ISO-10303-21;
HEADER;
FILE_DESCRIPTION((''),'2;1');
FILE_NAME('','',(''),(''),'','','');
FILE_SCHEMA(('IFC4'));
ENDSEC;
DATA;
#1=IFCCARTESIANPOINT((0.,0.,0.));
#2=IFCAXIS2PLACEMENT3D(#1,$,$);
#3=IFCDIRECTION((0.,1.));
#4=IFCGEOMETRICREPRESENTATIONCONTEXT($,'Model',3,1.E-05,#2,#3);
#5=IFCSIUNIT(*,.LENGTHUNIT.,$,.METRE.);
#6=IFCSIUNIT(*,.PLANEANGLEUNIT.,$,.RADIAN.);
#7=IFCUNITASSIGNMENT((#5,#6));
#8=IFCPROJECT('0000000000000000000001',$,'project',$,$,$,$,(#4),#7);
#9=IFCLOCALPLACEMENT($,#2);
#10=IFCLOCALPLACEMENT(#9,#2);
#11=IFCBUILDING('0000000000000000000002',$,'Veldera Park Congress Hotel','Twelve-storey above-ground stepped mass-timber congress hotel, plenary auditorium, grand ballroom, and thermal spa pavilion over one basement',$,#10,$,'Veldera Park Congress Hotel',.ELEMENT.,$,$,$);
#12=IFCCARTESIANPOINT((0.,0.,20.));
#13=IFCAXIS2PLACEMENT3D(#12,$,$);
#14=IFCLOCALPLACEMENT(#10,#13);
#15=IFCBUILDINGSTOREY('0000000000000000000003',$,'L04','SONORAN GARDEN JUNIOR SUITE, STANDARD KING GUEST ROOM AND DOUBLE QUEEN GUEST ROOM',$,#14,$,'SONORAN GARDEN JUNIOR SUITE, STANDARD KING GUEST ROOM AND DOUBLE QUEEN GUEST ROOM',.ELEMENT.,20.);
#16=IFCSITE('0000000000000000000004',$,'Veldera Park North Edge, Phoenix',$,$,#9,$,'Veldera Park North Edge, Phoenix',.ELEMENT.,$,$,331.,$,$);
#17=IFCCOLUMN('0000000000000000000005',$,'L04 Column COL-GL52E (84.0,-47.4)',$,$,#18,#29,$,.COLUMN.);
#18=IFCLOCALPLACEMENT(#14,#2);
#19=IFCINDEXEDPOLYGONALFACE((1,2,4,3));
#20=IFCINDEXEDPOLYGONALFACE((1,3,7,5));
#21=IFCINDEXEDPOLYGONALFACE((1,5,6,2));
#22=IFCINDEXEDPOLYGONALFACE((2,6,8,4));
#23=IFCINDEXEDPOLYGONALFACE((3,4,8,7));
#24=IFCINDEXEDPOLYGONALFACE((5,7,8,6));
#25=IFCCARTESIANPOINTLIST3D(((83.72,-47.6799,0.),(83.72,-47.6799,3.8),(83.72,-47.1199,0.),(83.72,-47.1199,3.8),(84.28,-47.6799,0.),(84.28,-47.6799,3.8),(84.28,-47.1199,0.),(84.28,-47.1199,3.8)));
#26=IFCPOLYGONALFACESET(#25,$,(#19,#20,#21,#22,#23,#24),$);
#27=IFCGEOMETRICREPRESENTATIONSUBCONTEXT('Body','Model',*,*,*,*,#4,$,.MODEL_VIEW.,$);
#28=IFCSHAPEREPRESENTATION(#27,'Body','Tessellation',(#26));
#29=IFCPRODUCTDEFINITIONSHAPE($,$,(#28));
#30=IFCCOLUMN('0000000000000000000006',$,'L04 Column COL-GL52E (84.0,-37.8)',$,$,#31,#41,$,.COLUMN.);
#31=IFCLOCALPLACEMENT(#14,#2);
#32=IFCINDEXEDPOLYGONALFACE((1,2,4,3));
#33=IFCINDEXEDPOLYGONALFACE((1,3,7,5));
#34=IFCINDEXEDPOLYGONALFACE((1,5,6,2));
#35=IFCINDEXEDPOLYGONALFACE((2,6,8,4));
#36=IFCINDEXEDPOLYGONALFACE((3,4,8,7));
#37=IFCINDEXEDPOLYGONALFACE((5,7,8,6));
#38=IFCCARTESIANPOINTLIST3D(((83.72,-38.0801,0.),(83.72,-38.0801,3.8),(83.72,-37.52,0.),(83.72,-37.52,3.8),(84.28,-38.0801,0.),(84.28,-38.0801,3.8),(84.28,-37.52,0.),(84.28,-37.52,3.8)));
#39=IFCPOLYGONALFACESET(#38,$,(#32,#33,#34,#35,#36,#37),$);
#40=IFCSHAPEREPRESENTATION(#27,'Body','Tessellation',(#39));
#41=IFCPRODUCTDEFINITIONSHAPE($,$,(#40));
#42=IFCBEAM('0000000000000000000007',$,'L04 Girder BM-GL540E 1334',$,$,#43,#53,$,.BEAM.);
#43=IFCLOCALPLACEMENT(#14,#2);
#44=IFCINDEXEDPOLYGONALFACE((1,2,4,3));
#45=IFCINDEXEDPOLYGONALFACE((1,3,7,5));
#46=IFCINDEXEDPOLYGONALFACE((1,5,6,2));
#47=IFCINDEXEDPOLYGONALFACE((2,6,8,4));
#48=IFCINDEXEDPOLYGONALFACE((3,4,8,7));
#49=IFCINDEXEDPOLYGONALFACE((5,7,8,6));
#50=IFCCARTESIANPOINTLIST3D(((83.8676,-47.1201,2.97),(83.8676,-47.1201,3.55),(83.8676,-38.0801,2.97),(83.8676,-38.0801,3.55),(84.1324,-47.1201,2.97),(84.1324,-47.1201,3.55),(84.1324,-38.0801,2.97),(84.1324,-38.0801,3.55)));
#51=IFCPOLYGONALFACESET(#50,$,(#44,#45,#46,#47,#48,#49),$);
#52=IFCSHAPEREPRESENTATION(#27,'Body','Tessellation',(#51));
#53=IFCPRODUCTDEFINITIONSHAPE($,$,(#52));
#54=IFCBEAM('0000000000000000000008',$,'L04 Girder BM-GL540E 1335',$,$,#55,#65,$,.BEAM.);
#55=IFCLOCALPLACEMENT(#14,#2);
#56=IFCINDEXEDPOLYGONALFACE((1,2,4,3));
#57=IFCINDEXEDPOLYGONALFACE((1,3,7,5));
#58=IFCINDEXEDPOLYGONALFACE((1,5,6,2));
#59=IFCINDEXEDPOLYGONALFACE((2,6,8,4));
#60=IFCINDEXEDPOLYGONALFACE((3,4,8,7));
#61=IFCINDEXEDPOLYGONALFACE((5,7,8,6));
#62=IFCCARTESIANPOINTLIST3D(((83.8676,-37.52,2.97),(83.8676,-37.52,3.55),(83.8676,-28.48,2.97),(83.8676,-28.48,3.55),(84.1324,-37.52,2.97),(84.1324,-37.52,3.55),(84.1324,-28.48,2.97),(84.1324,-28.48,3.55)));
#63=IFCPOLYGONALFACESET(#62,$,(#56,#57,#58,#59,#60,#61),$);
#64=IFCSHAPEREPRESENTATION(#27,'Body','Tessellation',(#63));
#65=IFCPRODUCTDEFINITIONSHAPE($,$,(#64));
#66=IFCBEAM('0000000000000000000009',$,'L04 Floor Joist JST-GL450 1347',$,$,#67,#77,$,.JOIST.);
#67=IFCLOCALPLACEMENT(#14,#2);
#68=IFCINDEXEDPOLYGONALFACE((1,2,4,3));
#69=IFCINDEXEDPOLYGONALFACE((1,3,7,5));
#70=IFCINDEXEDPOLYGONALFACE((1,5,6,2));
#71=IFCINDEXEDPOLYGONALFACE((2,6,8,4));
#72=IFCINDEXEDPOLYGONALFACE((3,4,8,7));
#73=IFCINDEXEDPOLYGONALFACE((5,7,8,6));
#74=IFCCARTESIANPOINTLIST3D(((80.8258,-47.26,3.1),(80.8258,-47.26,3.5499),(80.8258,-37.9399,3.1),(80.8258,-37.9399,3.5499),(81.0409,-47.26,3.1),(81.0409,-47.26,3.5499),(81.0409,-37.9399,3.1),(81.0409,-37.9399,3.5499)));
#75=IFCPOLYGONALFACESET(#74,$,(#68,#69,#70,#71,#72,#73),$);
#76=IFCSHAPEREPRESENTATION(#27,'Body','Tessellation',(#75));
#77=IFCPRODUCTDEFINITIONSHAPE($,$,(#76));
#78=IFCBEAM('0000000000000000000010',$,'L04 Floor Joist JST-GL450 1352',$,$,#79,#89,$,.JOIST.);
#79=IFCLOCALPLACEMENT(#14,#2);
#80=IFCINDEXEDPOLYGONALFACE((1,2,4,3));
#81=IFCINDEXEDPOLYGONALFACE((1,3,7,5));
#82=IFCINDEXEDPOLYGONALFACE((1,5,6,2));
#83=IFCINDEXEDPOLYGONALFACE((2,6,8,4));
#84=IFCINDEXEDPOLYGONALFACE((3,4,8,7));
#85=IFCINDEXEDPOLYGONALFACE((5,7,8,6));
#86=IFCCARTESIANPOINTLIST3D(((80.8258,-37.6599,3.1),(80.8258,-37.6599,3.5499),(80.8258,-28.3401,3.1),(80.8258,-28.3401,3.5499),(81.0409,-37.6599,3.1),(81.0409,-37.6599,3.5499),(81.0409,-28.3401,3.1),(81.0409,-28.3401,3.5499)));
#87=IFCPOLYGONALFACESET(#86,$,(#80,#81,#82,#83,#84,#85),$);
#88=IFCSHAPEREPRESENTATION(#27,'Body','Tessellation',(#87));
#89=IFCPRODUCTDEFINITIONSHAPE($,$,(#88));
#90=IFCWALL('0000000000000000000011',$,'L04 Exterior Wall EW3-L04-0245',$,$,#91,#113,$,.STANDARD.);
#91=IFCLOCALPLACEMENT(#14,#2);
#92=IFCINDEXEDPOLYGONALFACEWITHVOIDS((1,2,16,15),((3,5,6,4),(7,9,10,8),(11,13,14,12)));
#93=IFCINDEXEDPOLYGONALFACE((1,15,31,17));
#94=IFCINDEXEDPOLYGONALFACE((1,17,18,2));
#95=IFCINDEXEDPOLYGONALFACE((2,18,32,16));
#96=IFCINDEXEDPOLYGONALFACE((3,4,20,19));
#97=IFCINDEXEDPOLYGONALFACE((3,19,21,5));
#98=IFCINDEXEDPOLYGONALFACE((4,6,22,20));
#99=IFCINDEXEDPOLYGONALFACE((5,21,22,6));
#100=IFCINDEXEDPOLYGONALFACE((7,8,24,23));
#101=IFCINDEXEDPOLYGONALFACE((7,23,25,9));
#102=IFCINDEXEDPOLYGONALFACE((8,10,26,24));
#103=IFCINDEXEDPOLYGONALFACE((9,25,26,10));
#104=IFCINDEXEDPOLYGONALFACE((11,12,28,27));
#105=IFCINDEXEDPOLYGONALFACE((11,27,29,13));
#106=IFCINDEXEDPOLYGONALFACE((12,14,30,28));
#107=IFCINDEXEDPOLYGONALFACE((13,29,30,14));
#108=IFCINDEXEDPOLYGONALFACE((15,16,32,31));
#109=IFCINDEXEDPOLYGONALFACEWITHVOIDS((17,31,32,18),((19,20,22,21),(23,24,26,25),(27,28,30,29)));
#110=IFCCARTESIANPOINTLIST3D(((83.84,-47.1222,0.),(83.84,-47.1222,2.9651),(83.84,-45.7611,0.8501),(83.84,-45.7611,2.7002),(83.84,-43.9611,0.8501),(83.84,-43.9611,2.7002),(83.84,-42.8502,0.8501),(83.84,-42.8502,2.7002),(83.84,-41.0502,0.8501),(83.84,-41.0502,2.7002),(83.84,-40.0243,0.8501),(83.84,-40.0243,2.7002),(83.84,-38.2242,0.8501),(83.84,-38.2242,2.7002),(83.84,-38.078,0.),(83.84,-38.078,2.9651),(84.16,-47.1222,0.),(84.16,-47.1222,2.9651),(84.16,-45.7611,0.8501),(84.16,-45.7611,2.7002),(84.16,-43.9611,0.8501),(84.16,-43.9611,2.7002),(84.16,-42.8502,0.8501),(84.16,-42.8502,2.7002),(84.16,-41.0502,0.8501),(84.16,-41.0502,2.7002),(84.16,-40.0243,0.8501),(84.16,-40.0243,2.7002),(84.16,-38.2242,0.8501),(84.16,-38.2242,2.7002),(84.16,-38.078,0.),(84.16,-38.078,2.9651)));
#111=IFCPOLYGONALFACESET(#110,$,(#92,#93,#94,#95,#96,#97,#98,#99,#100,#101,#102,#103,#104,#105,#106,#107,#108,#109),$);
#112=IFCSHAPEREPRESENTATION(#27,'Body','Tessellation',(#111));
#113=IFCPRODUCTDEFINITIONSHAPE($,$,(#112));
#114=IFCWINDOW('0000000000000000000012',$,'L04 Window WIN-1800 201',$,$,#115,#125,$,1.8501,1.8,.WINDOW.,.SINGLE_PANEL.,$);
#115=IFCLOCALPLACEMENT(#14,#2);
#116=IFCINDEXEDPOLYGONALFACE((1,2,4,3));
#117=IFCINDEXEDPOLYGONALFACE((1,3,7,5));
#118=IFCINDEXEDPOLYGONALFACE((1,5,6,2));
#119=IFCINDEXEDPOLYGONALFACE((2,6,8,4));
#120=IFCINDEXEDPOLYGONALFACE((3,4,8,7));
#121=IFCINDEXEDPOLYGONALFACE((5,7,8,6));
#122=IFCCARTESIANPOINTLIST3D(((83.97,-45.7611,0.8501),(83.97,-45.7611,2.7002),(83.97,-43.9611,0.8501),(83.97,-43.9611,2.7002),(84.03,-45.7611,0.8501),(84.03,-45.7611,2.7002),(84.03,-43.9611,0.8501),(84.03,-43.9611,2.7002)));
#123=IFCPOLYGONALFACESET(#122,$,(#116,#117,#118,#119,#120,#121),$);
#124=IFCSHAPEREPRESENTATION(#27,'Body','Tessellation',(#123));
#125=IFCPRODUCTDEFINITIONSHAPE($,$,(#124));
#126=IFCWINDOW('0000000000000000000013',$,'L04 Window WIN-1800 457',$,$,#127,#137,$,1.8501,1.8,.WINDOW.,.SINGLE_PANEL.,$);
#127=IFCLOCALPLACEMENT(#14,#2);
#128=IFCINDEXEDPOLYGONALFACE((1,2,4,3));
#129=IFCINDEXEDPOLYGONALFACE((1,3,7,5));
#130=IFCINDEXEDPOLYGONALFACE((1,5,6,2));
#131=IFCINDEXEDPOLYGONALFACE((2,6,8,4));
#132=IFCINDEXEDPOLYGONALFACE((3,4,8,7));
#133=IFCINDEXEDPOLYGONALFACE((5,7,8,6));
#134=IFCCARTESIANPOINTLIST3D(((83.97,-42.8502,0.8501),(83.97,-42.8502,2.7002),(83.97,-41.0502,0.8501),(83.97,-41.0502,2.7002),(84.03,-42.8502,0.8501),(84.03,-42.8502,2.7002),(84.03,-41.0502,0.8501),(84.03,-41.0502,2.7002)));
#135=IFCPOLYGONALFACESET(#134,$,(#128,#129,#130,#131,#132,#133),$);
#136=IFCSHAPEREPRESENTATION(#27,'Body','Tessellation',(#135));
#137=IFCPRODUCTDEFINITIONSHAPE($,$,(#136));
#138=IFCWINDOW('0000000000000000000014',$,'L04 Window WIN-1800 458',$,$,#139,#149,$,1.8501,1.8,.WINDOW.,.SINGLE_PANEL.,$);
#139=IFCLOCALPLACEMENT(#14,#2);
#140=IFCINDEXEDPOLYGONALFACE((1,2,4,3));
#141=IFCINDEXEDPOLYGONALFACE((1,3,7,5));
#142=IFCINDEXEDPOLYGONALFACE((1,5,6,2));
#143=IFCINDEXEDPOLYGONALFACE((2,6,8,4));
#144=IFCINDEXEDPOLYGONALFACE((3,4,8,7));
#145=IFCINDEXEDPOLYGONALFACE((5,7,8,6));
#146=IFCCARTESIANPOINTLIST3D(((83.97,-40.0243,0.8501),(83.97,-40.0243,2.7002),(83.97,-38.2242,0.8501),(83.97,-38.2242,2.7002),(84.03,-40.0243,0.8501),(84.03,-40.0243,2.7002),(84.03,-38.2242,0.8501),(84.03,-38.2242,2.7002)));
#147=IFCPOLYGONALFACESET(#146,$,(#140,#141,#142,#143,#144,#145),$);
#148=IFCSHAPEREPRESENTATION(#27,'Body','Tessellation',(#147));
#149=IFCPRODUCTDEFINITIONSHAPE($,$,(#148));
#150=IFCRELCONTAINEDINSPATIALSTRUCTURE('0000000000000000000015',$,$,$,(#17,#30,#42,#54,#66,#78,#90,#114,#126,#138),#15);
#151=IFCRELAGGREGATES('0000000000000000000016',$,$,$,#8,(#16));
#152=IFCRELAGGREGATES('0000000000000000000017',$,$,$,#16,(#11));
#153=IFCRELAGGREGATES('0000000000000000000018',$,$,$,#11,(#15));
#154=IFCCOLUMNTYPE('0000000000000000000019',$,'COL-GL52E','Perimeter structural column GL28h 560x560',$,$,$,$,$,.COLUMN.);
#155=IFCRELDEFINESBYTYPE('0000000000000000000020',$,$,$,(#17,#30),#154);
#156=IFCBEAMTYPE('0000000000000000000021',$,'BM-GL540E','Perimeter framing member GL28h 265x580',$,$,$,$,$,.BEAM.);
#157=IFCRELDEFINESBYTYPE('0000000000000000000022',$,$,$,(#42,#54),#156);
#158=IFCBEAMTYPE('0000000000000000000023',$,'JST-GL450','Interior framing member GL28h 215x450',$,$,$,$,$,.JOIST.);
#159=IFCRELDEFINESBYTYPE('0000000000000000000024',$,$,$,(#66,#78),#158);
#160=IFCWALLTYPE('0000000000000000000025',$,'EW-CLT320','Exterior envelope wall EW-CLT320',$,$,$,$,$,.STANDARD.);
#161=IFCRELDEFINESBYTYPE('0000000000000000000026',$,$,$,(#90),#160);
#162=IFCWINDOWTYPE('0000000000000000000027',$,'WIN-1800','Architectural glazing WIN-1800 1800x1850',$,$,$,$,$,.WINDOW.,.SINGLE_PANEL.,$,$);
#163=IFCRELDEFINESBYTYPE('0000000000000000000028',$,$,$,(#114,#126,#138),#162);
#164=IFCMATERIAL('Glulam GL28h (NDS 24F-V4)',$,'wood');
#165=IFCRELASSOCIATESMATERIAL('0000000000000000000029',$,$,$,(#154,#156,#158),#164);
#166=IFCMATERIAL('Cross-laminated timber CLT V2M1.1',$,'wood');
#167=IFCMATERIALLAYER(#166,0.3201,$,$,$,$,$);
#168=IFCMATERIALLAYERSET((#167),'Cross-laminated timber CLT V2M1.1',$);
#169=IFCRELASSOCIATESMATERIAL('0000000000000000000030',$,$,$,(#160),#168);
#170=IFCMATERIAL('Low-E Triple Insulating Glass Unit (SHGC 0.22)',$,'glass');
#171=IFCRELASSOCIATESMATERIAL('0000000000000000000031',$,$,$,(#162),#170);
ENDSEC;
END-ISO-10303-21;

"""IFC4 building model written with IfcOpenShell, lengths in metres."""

from ifc_helpers import new_model, si_unit, direction, frame, frame_2d, origin, origin_2d, place, context, subcontext, project, spatial, rectangle, extrude, material, layer, layer_set, material_profile, profile_set, type_object, element, fill, save


model = new_model("IFC4")

# Units and contexts
model_context = context("Model", 3, precision=1e-05, world=origin(), true_north=direction((0.0, 1.0)))
body_context = subcontext(model_context, "Body", "Model", "MODEL_VIEW")
ifc_project = project(units=[si_unit("LENGTHUNIT", "METRE"), si_unit("PLANEANGLEUNIT", "RADIAN")], contexts=[model_context])

# Site, building, storey
site_placement = place(None, origin())
site = spatial("IfcSite", under=ifc_project, at=site_placement, Name="Veldera Park North Edge, Phoenix", LongName="Veldera Park North Edge, Phoenix", CompositionType="ELEMENT", RefElevation=331.0)
building_placement = place(site_placement, origin())
building = spatial("IfcBuilding", under=site, at=building_placement, Name="Veldera Park Congress Hotel", Description="Twelve-storey above-ground stepped mass-timber congress hotel, plenary auditorium, grand ballroom, and thermal spa pavilion over one basement", LongName="Veldera Park Congress Hotel", CompositionType="ELEMENT")
storey_placement = place(building_placement, frame((0.0, 0.0, 20.0)))
storey = spatial("IfcBuildingStorey", under=building, at=storey_placement, Name="L04", Description="SONORAN GARDEN JUNIOR SUITE, STANDARD KING GUEST ROOM AND DOUBLE QUEEN GUEST ROOM", LongName="SONORAN GARDEN JUNIOR SUITE, STANDARD KING GUEST ROOM AND DOUBLE QUEEN GUEST ROOM", CompositionType="ELEMENT", Elevation=20.0)

# Columns
ifc_material_1 = material(Name="Glulam GL28h (NDS 24F-V4)", Category="wood")
ifc_material_profile_1 = material_profile(ifc_material_1, rectangle(XDim=0.5601, YDim=0.5601, at=origin_2d()), Name="GL28h 560x560")
ifc_profile_set_1 = profile_set([ifc_material_profile_1], Name="Glulam GL28h (NDS 24F-V4)")
column_type = type_object("IfcColumnType", Name="COL-GL52E", Description="Perimeter structural column GL28h 560x560", PredefinedType="COLUMN", material=ifc_profile_set_1)
for number, where, z_axis, x_axis, name in (
    (1, (84.0, -47.3999, 0.0), (0.0, 0.0, 1.0), (1.0, 0.0, 0.0), "L04 Column COL-GL52E (84.0,-47.4)"),
    (2, (84.0, -37.8, 0.0), (0.0, 0.0, 1.0), (1.0, 0.0, 0.0), "L04 Column COL-GL52E (84.0,-37.8)"),
):
    element("IfcColumn", number, at=place(storey_placement, frame(where, z_axis=z_axis, x_axis=x_axis)), inside=storey, type_object=column_type, Name=name, PredefinedType="COLUMN", context=body_context, shape_type="SweptSolid", body=[
        extrude(rectangle(XDim=0.5601, YDim=0.5601, at=origin_2d()), origin(), (0.0, 0.0, 1.0), 3.8),
    ])

# Beams
ifc_material_profile_2 = material_profile(ifc_material_1, rectangle(XDim=0.2649, YDim=0.5801, at=origin_2d()), Name="GL28h 265x580")
ifc_profile_set_2 = profile_set([ifc_material_profile_2], Name="Glulam GL28h (NDS 24F-V4)")
beam_type_1 = type_object("IfcBeamType", Name="BM-GL540E", Description="Perimeter framing member GL28h 265x580", PredefinedType="BEAM", material=ifc_profile_set_2)
for number, where, z_axis, x_axis, name in (
    (3, (84.0, -47.1201, 3.26), (0.0, 1.0, 0.0), (-1.0, 0.0, 0.0), "L04 Girder BM-GL540E 1334"),
    (4, (84.0, -37.52, 3.26), (0.0, 1.0, 0.0), (-1.0, 0.0, 0.0), "L04 Girder BM-GL540E 1335"),
):
    element("IfcBeam", number, at=place(storey_placement, frame(where, z_axis=z_axis, x_axis=x_axis)), inside=storey, type_object=beam_type_1, Name=name, PredefinedType="BEAM", context=body_context, shape_type="SweptSolid", body=[
        extrude(rectangle(XDim=0.2649, YDim=0.5801, at=origin_2d()), origin(), (0.0, 0.0, 1.0), 9.04),
    ])
ifc_material_profile_3 = material_profile(ifc_material_1, rectangle(XDim=0.2151, YDim=0.45, at=origin_2d()), Name="GL28h 215x450")
ifc_profile_set_3 = profile_set([ifc_material_profile_3], Name="Glulam GL28h (NDS 24F-V4)")
beam_type_2 = type_object("IfcBeamType", Name="JST-GL450", Description="Interior framing member GL28h 215x450", PredefinedType="JOIST", material=ifc_profile_set_3)
beam_1_placement = place(storey_placement, frame((80.9333, -47.26, 3.325), z_axis=(0.0, 1.0, 0.0), x_axis=(-1.0, 0.0, 0.0)))
element("IfcBeam", 5, at=beam_1_placement, inside=storey, type_object=beam_type_2, Name="L04 Floor Joist JST-GL450 1347", PredefinedType="JOIST", context=body_context, shape_type="SweptSolid", body=[
    extrude(rectangle(XDim=0.2151, YDim=0.45, at=origin_2d()), origin(), (0.0, 0.0, 1.0), 9.3201),
])
beam_2_placement = place(storey_placement, frame((80.9333, -37.6599, 3.325), z_axis=(0.0, 1.0, 0.0), x_axis=(-1.0, 0.0, 0.0)))
element("IfcBeam", 6, at=beam_2_placement, inside=storey, type_object=beam_type_2, Name="L04 Floor Joist JST-GL450 1352", PredefinedType="JOIST", context=body_context, shape_type="SweptSolid", body=[
    extrude(rectangle(XDim=0.2151, YDim=0.45, at=origin_2d()), origin(), (0.0, 0.0, 1.0), 9.3198),
])

# Wall, openings, windows
ifc_material_2 = material(Name="Cross-laminated timber CLT V2M1.1", Category="wood")
ifc_layer_1 = layer(ifc_material_2, 0.3201)
ifc_layer_set_1 = layer_set([ifc_layer_1], Name="Cross-laminated timber CLT V2M1.1")
wall_type_1 = type_object("IfcWallType", Name="EW-CLT320", Description="Exterior envelope wall EW-CLT320", PredefinedType="STANDARD", material=ifc_layer_set_1)
wall_1_placement = place(storey_placement, frame((84.0, -47.1221, 0.0), z_axis=(0.0, 0.0, 1.0), x_axis=(0.0, 1.0, 0.0)))
wall_1 = element("IfcWall", 7, at=wall_1_placement, inside=storey, type_object=wall_type_1, Name="L04 Exterior Wall EW3-L04-0245", PredefinedType="STANDARD", context=body_context, shape_type="SweptSolid", body=[
    extrude(rectangle(XDim=9.0442, YDim=0.3201, at=frame_2d((4.522, 0.0))), origin(), (0.0, 0.0, 1.0), 2.9651),
])
opening_1_placement = place(wall_1_placement, frame((1.3611, 0.0, 0.8501)))
opening_1 = element("IfcOpeningElement", 8, at=opening_1_placement, cuts=wall_1, PredefinedType="OPENING", context=body_context, shape_type="SweptSolid", body=[
    extrude(rectangle(XDim=1.8, YDim=1.8501, at=frame_2d((0.8999, 0.925))), frame((0.0, 0.1721, 0.0), z_axis=(0.0, -1.0, 0.0), x_axis=(1.0, 0.0, 0.0)), (0.0, 0.0, 1.0), 0.344),
])
opening_2_placement = place(wall_1_placement, frame((4.272, 0.0, 0.8501)))
opening_2 = element("IfcOpeningElement", 9, at=opening_2_placement, cuts=wall_1, PredefinedType="OPENING", context=body_context, shape_type="SweptSolid", body=[
    extrude(rectangle(XDim=1.8, YDim=1.8501, at=frame_2d((0.8999, 0.925))), frame((0.0, 0.1721, 0.0), z_axis=(0.0, -1.0, 0.0), x_axis=(1.0, 0.0, 0.0)), (0.0, 0.0, 1.0), 0.344),
])
opening_3_placement = place(wall_1_placement, frame((7.0979, 0.0, 0.8501)))
opening_3 = element("IfcOpeningElement", 10, at=opening_3_placement, cuts=wall_1, PredefinedType="OPENING", context=body_context, shape_type="SweptSolid", body=[
    extrude(rectangle(XDim=1.8, YDim=1.8501, at=frame_2d((0.8999, 0.925))), frame((0.0, 0.1721, 0.0), z_axis=(0.0, -1.0, 0.0), x_axis=(1.0, 0.0, 0.0)), (0.0, 0.0, 1.0), 0.344),
])
ifc_material_3 = material(Name="Low-E Triple Insulating Glass Unit (SHGC 0.22)", Category="glass")
window_type = type_object("IfcWindowType", Name="WIN-1800", Description="Architectural glazing WIN-1800 1800x1850", PartitioningType="SINGLE_PANEL", PredefinedType="WINDOW", material=ifc_material_3)
window_1_placement = place(opening_1_placement, origin())
window_1 = element("IfcWindow", 11, at=window_1_placement, inside=storey, type_object=window_type, Name="L04 Window WIN-1800 201", OverallHeight=1.8501, OverallWidth=1.8, PartitioningType="SINGLE_PANEL", PredefinedType="WINDOW", context=body_context, shape_type="SweptSolid", body=[
    extrude(rectangle(XDim=1.8, YDim=1.8501, at=frame_2d((0.8999, 0.925))), frame((0.0, 0.03, 0.0), z_axis=(0.0, -1.0, 0.0), x_axis=(1.0, 0.0, 0.0)), (0.0, 0.0, 1.0), 0.0601),
])
fill(opening_1, window_1)
window_2_placement = place(opening_2_placement, origin())
window_2 = element("IfcWindow", 12, at=window_2_placement, inside=storey, type_object=window_type, Name="L04 Window WIN-1800 457", OverallHeight=1.8501, OverallWidth=1.8, PartitioningType="SINGLE_PANEL", PredefinedType="WINDOW", context=body_context, shape_type="SweptSolid", body=[
    extrude(rectangle(XDim=1.8, YDim=1.8501, at=frame_2d((0.8999, 0.925))), frame((0.0, 0.03, 0.0), z_axis=(0.0, -1.0, 0.0), x_axis=(1.0, 0.0, 0.0)), (0.0, 0.0, 1.0), 0.0601),
])
fill(opening_2, window_2)
window_3_placement = place(opening_3_placement, origin())
window_3 = element("IfcWindow", 13, at=window_3_placement, inside=storey, type_object=window_type, Name="L04 Window WIN-1800 458", OverallHeight=1.8501, OverallWidth=1.8, PartitioningType="SINGLE_PANEL", PredefinedType="WINDOW", context=body_context, shape_type="SweptSolid", body=[
    extrude(rectangle(XDim=1.8, YDim=1.8501, at=frame_2d((0.8999, 0.925))), frame((0.0, 0.03, 0.0), z_axis=(0.0, -1.0, 0.0), x_axis=(1.0, 0.0, 0.0)), (0.0, 0.0, 1.0), 0.0601),
])
fill(opening_3, window_3)

save(model, "model.ifc")
